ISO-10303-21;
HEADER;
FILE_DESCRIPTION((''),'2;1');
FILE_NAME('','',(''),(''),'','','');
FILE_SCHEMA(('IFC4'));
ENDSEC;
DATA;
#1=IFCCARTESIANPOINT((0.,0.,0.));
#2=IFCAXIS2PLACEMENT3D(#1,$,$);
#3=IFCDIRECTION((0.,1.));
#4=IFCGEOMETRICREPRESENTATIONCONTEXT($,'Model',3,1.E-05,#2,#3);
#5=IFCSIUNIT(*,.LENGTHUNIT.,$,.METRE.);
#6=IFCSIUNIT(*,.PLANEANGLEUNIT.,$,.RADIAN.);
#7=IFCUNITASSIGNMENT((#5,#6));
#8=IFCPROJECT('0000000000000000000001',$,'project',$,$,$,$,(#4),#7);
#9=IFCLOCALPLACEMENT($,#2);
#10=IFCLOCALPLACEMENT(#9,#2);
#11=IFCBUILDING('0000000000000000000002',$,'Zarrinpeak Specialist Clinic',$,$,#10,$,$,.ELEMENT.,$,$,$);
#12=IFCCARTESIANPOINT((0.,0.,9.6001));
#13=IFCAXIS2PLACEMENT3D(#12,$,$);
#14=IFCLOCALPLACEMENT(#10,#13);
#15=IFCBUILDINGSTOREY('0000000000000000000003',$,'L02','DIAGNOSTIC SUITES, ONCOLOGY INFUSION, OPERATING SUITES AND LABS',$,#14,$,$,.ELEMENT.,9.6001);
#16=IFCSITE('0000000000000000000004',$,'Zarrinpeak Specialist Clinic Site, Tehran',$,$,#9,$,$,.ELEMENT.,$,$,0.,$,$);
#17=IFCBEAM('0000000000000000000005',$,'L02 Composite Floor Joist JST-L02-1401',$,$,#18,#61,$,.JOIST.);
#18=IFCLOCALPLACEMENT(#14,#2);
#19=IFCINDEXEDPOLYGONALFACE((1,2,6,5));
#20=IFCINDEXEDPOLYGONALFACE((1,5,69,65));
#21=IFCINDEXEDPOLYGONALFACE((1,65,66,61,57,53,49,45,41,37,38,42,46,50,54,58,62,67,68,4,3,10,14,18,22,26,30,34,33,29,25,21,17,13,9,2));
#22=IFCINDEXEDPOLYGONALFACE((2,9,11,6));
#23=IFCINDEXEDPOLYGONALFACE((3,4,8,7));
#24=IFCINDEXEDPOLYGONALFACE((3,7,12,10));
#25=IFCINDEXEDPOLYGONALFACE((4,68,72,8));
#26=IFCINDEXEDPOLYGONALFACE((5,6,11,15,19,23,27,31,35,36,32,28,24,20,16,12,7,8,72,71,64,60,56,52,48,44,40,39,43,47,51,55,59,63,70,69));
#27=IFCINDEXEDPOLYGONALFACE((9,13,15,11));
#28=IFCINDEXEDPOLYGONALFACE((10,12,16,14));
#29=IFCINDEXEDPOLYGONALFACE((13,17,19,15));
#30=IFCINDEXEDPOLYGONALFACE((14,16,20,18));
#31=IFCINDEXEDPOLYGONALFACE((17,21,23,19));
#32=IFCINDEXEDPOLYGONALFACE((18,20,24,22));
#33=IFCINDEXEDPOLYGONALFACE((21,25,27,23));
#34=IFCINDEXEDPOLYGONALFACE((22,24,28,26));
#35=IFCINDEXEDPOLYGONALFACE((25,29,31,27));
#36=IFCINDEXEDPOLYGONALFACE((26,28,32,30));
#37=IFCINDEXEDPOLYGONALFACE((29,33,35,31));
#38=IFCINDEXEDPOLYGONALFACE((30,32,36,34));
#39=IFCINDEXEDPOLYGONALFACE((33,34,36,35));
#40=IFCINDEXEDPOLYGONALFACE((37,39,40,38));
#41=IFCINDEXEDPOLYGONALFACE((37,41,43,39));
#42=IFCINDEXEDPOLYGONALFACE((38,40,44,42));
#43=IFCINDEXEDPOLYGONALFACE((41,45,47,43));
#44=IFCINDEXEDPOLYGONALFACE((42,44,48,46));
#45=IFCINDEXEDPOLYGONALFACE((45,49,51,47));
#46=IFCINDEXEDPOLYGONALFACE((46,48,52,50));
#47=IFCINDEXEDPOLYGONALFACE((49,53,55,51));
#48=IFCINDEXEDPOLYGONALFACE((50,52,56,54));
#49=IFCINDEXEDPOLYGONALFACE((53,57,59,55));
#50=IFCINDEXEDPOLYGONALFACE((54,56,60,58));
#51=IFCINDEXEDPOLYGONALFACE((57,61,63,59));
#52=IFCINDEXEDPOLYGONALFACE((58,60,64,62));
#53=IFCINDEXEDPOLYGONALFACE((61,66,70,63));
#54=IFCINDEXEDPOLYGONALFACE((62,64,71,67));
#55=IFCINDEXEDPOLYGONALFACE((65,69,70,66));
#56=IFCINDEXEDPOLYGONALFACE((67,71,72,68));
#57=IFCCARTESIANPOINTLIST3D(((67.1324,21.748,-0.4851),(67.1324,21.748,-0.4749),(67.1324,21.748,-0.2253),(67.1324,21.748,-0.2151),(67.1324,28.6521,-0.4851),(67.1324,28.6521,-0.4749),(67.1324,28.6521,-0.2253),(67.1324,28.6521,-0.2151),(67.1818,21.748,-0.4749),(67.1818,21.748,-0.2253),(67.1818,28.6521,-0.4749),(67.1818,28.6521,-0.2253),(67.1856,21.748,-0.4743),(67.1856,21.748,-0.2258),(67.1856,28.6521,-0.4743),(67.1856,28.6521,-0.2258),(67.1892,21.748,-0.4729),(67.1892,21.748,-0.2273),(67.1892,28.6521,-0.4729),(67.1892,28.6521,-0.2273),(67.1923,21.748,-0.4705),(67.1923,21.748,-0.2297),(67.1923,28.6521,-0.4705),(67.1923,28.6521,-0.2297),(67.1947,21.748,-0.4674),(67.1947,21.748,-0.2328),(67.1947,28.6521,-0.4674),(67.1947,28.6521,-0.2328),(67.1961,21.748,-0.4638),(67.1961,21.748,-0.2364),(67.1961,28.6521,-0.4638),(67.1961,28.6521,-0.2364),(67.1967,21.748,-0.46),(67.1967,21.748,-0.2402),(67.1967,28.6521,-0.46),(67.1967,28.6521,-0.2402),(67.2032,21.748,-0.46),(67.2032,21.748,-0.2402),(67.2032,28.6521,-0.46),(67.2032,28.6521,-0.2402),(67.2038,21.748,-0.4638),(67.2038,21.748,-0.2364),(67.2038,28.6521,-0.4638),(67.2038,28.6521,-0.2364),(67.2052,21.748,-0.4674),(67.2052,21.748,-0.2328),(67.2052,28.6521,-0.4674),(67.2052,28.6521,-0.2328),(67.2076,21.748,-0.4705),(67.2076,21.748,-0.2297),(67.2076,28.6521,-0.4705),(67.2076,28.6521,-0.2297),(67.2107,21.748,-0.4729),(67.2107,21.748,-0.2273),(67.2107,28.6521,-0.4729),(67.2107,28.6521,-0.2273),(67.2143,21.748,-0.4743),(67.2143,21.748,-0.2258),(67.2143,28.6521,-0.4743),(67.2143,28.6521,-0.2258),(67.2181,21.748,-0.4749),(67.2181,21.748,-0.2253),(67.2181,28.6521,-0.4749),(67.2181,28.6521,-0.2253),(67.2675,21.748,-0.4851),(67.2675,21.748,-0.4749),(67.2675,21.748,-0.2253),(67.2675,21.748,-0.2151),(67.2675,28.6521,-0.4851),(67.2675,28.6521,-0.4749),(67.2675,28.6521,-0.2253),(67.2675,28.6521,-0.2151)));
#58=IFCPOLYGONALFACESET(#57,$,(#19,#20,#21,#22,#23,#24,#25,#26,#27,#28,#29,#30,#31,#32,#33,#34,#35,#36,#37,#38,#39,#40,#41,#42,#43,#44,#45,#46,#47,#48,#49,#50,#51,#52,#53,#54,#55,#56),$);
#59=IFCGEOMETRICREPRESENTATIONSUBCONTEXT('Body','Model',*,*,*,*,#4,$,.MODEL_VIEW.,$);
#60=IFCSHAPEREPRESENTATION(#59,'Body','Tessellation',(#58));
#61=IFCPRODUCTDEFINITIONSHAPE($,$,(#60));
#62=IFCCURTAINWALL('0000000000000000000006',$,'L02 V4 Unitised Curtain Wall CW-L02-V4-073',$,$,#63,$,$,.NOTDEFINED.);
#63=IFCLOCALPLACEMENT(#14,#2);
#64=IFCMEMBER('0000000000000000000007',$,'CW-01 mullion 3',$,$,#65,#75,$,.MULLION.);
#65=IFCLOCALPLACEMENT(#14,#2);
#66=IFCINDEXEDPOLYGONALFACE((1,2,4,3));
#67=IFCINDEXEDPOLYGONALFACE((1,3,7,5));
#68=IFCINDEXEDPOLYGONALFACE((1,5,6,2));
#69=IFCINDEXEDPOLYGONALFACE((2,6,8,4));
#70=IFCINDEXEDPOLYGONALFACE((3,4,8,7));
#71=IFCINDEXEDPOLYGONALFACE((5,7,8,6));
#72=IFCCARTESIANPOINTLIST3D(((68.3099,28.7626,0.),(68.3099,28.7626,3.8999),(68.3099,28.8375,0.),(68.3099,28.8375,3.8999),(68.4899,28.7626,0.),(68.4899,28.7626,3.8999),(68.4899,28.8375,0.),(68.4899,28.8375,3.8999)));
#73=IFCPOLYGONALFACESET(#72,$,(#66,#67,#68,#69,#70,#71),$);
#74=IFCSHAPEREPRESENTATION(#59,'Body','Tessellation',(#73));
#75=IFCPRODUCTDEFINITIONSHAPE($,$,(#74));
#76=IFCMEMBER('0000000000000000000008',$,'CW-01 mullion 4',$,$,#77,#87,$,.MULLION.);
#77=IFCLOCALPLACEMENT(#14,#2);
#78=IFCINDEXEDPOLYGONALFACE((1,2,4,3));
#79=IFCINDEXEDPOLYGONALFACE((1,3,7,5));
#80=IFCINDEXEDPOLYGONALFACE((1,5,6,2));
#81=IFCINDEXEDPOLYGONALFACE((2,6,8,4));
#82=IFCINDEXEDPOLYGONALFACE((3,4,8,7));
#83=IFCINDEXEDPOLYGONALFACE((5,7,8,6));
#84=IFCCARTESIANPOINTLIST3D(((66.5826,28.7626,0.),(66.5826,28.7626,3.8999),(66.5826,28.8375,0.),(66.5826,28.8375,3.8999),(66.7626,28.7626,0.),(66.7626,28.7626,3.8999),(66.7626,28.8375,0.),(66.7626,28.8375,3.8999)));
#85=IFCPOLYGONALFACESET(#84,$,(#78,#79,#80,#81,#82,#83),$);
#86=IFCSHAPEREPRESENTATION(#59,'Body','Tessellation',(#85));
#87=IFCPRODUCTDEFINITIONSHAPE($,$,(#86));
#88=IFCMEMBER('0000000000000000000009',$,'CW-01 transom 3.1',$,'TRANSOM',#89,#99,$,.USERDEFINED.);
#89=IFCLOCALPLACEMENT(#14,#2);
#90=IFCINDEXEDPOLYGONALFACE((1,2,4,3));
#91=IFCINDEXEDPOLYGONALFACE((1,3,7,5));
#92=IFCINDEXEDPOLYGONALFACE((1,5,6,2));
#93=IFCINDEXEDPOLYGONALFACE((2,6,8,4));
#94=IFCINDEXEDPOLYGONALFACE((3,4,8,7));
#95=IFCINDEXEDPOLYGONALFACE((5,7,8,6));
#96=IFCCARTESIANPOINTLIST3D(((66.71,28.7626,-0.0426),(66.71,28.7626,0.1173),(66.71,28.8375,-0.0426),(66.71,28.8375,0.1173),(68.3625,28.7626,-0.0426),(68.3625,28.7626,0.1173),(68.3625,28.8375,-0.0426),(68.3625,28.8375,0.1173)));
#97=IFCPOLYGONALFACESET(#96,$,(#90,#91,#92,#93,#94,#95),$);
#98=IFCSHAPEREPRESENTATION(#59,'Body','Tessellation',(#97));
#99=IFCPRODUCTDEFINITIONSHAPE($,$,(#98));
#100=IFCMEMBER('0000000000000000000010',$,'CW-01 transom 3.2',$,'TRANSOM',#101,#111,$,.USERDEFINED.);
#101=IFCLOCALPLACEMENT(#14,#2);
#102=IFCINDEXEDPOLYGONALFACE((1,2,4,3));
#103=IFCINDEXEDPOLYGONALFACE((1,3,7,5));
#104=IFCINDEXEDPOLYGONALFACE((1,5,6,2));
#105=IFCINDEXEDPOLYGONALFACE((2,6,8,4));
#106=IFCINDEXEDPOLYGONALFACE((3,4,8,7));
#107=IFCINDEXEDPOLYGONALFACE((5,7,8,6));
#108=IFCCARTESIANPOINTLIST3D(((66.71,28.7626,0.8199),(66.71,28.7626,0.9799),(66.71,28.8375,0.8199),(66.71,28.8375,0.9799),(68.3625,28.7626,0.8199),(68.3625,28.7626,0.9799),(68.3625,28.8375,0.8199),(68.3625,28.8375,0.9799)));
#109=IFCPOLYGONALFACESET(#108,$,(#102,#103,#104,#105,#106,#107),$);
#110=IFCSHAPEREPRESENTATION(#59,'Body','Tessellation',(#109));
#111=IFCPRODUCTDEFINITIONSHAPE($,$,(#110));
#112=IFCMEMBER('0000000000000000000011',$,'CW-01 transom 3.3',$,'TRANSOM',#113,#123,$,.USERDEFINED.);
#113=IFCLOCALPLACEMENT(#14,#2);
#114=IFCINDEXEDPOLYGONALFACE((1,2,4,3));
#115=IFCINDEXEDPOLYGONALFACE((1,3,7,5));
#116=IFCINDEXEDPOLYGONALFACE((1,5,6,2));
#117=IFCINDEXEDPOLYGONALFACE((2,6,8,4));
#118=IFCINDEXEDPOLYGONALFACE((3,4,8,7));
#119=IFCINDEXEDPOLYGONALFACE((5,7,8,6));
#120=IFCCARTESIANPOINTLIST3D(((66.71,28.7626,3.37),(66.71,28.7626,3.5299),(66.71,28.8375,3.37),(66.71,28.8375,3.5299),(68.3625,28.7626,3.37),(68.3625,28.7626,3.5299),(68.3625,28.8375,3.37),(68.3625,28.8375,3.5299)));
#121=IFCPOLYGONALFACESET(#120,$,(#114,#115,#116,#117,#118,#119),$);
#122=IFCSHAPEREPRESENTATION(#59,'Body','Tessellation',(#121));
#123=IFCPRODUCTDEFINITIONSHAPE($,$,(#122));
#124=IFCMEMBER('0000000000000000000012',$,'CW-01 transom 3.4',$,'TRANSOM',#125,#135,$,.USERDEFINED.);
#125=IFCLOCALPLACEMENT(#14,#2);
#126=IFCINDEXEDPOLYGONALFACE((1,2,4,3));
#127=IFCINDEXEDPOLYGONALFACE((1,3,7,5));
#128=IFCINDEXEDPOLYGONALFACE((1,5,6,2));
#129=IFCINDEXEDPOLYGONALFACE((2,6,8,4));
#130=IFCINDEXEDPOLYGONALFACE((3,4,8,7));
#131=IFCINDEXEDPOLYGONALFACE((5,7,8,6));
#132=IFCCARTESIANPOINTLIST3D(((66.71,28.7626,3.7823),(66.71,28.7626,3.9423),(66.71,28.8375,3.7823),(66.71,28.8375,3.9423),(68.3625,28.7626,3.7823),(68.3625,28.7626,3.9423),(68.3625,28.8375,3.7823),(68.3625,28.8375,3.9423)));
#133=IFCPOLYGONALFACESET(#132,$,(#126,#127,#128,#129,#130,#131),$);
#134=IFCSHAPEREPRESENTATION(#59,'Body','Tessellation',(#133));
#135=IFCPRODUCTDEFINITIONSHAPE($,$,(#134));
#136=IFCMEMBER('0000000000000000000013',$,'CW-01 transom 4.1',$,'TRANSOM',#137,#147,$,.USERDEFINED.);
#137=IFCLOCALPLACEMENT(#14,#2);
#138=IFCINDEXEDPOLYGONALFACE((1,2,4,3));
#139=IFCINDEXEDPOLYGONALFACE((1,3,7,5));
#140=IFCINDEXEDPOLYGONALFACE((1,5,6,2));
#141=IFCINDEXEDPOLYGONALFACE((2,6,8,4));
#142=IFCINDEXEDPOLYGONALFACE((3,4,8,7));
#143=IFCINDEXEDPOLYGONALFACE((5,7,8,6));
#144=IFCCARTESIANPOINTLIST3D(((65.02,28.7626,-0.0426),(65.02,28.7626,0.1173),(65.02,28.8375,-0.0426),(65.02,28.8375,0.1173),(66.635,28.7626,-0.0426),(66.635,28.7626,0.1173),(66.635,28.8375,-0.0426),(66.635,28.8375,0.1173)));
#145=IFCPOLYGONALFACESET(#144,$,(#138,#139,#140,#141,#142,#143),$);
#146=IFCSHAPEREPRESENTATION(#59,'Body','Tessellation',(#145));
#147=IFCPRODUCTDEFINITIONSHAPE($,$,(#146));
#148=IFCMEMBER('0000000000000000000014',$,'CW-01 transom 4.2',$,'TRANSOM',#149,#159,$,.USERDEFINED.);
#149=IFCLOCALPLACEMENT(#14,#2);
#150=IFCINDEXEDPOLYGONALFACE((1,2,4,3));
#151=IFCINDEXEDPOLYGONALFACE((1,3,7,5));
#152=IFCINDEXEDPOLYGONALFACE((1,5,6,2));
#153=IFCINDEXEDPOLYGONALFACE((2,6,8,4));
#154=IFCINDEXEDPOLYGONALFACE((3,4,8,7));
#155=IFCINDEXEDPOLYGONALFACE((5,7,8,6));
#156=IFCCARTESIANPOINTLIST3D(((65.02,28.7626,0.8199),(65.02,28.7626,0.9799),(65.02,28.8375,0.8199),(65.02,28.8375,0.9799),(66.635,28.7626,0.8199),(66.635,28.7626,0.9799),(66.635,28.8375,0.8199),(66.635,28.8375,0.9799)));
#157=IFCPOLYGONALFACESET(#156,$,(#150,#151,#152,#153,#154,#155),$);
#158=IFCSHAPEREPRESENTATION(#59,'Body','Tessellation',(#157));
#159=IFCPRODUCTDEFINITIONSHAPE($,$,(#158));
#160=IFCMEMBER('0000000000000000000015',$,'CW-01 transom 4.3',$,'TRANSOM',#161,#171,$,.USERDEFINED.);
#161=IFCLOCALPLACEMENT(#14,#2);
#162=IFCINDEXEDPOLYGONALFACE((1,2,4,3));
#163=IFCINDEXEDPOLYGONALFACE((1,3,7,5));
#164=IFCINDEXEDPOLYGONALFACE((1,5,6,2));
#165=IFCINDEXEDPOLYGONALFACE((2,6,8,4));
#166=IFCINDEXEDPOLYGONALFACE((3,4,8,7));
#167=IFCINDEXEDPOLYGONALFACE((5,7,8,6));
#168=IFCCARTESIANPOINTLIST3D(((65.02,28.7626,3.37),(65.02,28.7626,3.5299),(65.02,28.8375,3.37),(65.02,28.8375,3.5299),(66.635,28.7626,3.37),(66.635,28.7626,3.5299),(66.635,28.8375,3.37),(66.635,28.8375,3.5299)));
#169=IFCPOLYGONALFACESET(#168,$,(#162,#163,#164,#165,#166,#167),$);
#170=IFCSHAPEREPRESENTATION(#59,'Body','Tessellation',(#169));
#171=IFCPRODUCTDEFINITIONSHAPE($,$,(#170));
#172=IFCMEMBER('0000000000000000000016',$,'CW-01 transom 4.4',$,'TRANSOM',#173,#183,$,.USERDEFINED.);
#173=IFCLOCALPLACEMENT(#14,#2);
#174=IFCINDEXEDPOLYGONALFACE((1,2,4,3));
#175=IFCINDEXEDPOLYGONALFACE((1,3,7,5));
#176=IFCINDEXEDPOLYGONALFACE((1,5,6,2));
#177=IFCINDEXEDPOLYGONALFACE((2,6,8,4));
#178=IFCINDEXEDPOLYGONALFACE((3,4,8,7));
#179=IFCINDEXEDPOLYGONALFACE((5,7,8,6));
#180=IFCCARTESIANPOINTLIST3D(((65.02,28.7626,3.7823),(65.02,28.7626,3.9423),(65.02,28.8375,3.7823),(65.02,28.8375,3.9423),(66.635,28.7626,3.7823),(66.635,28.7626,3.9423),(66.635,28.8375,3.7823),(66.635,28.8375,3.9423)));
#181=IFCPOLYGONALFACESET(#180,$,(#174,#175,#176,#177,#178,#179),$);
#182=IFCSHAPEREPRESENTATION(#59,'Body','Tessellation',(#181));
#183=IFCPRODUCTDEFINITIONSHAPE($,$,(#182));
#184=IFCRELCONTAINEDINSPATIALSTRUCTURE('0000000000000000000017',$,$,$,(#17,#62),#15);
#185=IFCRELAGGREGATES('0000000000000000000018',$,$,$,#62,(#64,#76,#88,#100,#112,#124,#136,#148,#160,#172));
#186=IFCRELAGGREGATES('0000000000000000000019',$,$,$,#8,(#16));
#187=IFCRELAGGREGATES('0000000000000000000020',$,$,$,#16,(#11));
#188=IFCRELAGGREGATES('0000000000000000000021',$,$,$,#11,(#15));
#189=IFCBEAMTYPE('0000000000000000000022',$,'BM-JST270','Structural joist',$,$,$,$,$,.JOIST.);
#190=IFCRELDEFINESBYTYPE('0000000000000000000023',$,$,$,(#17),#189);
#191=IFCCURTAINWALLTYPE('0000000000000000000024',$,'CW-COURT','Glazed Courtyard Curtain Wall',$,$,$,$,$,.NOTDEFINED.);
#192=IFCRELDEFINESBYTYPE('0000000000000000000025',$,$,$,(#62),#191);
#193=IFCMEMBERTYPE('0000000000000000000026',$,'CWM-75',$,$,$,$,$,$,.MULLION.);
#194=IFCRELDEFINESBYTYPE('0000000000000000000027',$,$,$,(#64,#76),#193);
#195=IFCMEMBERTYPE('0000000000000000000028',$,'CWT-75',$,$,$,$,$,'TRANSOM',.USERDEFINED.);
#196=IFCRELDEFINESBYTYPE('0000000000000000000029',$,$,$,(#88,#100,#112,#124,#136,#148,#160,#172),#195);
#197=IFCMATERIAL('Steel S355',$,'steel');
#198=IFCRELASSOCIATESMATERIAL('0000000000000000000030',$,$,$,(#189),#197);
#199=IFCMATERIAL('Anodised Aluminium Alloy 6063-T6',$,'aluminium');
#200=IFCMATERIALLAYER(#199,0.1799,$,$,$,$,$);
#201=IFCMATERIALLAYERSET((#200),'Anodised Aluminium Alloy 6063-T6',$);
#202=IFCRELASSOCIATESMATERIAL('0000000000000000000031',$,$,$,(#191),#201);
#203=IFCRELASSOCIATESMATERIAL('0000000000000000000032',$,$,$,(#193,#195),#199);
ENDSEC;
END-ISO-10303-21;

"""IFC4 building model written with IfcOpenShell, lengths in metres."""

from ifc_helpers import new_model, si_unit, direction, frame, origin, origin_2d, place, context, subcontext, project, spatial, rectangle, i_section, extrude, material, layer, layer_set, material_profile, profile_set, type_object, element, aggregate, save


model = new_model("IFC4")

# Units and contexts
model_context = context("Model", 3, precision=1e-05, world=origin(), true_north=direction((0.0, 1.0)))
body_context = subcontext(model_context, "Body", "Model", "MODEL_VIEW")
ifc_project = project(units=[si_unit("LENGTHUNIT", "METRE"), si_unit("PLANEANGLEUNIT", "RADIAN")], contexts=[model_context])

# Site, building, storey
site_placement = place(None, origin())
site = spatial("IfcSite", under=ifc_project, at=site_placement, Name="Zarrinpeak Specialist Clinic Site, Tehran", CompositionType="ELEMENT", RefElevation=0.0)
building_placement = place(site_placement, origin())
building = spatial("IfcBuilding", under=site, at=building_placement, Name="Zarrinpeak Specialist Clinic", CompositionType="ELEMENT")
storey_placement = place(building_placement, frame((0.0, 0.0, 9.6001)))
storey = spatial("IfcBuildingStorey", under=building, at=storey_placement, Name="L02", Description="DIAGNOSTIC SUITES, ONCOLOGY INFUSION, OPERATING SUITES AND LABS", CompositionType="ELEMENT", Elevation=9.6001)

# Beam
ifc_material_1 = material(Name="Steel S355", Category="steel")
ifc_material_profile_1 = material_profile(ifc_material_1, i_section(OverallWidth=0.135, OverallDepth=0.27, WebThickness=0.0066, FlangeThickness=0.0103, FilletRadius=0.0149, at=origin_2d()), Name="IPE 270")
ifc_profile_set_1 = profile_set([ifc_material_profile_1], Name="Steel S355")
beam_type = type_object("IfcBeamType", Name="BM-JST270", Description="Structural joist", PredefinedType="JOIST", material=ifc_profile_set_1)
beam_placement = place(storey_placement, frame((67.2, 21.748, -0.3501), z_axis=(0.0, 1.0, 0.0), x_axis=(-1.0, 0.0, 0.0)))
element("IfcBeam", 1, at=beam_placement, inside=storey, type_object=beam_type, Name="L02 Composite Floor Joist JST-L02-1401", PredefinedType="JOIST", context=body_context, shape_type="SweptSolid", body=[
    extrude(i_section(OverallWidth=0.135, OverallDepth=0.27, WebThickness=0.0066, FlangeThickness=0.0103, FilletRadius=0.0149, at=origin_2d()), origin(), (0.0, 0.0, 1.0), 6.9041),
])

# Curtain wall, members
ifc_material_2 = material(Name="Anodised Aluminium Alloy 6063-T6", Category="aluminium")
ifc_layer_1 = layer(ifc_material_2, 0.1799)
ifc_layer_set_1 = layer_set([ifc_layer_1], Name="Anodised Aluminium Alloy 6063-T6")
curtain_wall_type = type_object("IfcCurtainWallType", Name="CW-COURT", Description="Glazed Courtyard Curtain Wall", PredefinedType="NOTDEFINED", material=ifc_layer_set_1)
curtain_wall_placement = place(storey_placement, origin())
curtain_wall = element("IfcCurtainWall", 2, at=curtain_wall_placement, inside=storey, type_object=curtain_wall_type, Name="L02 V4 Unitised Curtain Wall CW-L02-V4-073", PredefinedType="NOTDEFINED")
ifc_material_profile_2 = material_profile(ifc_material_2, rectangle(XDim=0.075, YDim=0.1799, at=origin_2d()), Name="ALU 75x180")
ifc_profile_set_2 = profile_set([ifc_material_profile_2], Name="Anodised Aluminium Alloy 6063-T6")
member_type_1 = type_object("IfcMemberType", Name="CWM-75", PredefinedType="MULLION", material=ifc_profile_set_2)
member_1_placement = place(storey_placement, frame((68.3999, 28.8, 0.0), z_axis=(0.0, 0.0, 1.0), x_axis=(0.0, -1.0, 0.0)))
member_1 = element("IfcMember", 3, at=member_1_placement, type_object=member_type_1, Name="CW-01 mullion 3", PredefinedType="MULLION", context=body_context, shape_type="SweptSolid", body=[
    extrude(rectangle(XDim=0.075, YDim=0.1799, at=origin_2d()), origin(), (0.0, 0.0, 1.0), 3.8999),
])
member_2_placement = place(storey_placement, frame((66.6726, 28.8, 0.0), z_axis=(0.0, 0.0, 1.0), x_axis=(0.0, -1.0, 0.0)))
member_2 = element("IfcMember", 4, at=member_2_placement, type_object=member_type_1, Name="CW-01 mullion 4", PredefinedType="MULLION", context=body_context, shape_type="SweptSolid", body=[
    extrude(rectangle(XDim=0.075, YDim=0.1799, at=origin_2d()), origin(), (0.0, 0.0, 1.0), 3.8999),
])
ifc_material_profile_3 = material_profile(ifc_material_2, rectangle(XDim=0.075, YDim=0.1599, at=origin_2d()), Name="ALU 75x160")
ifc_profile_set_3 = profile_set([ifc_material_profile_3], Name="Anodised Aluminium Alloy 6063-T6")
member_type_2 = type_object("IfcMemberType", Name="CWT-75", ElementType="TRANSOM", PredefinedType="USERDEFINED", material=ifc_profile_set_3)
member_3_placement = place(storey_placement, frame((68.3625, 28.8, 0.0374), z_axis=(-1.0, 0.0, 0.0), x_axis=(0.0, -1.0, 0.0)))
member_3 = element("IfcMember", 5, at=member_3_placement, type_object=member_type_2, Name="CW-01 transom 3.1", ObjectType="TRANSOM", PredefinedType="USERDEFINED", context=body_context, shape_type="SweptSolid", body=[
    extrude(rectangle(XDim=0.075, YDim=0.1599, at=origin_2d()), origin(), (0.0, 0.0, 1.0), 1.6526),
])
member_4_placement = place(storey_placement, frame((68.3625, 28.8, 0.8999), z_axis=(-1.0, 0.0, 0.0), x_axis=(0.0, -1.0, 0.0)))
member_4 = element("IfcMember", 6, at=member_4_placement, type_object=member_type_2, Name="CW-01 transom 3.2", ObjectType="TRANSOM", PredefinedType="USERDEFINED", context=body_context, shape_type="SweptSolid", body=[
    extrude(rectangle(XDim=0.075, YDim=0.1599, at=origin_2d()), origin(), (0.0, 0.0, 1.0), 1.6526),
])
member_5_placement = place(storey_placement, frame((68.3625, 28.8, 3.45), z_axis=(-1.0, 0.0, 0.0), x_axis=(0.0, -1.0, 0.0)))
member_5 = element("IfcMember", 7, at=member_5_placement, type_object=member_type_2, Name="CW-01 transom 3.3", ObjectType="TRANSOM", PredefinedType="USERDEFINED", context=body_context, shape_type="SweptSolid", body=[
    extrude(rectangle(XDim=0.075, YDim=0.1599, at=origin_2d()), origin(), (0.0, 0.0, 1.0), 1.6526),
])
member_6_placement = place(storey_placement, frame((68.3625, 28.8, 3.8623), z_axis=(-1.0, 0.0, 0.0), x_axis=(0.0, -1.0, 0.0)))
member_6 = element("IfcMember", 8, at=member_6_placement, type_object=member_type_2, Name="CW-01 transom 3.4", ObjectType="TRANSOM", PredefinedType="USERDEFINED", context=body_context, shape_type="SweptSolid", body=[
    extrude(rectangle(XDim=0.075, YDim=0.1599, at=origin_2d()), origin(), (0.0, 0.0, 1.0), 1.6526),
])
member_7_placement = place(storey_placement, frame((66.635, 28.8, 0.0374), z_axis=(-1.0, 0.0, 0.0), x_axis=(0.0, -1.0, 0.0)))
member_7 = element("IfcMember", 9, at=member_7_placement, type_object=member_type_2, Name="CW-01 transom 4.1", ObjectType="TRANSOM", PredefinedType="USERDEFINED", context=body_context, shape_type="SweptSolid", body=[
    extrude(rectangle(XDim=0.075, YDim=0.1599, at=origin_2d()), origin(), (0.0, 0.0, 1.0), 1.615),
])
member_8_placement = place(storey_placement, frame((66.635, 28.8, 0.8999), z_axis=(-1.0, 0.0, 0.0), x_axis=(0.0, -1.0, 0.0)))
member_8 = element("IfcMember", 10, at=member_8_placement, type_object=member_type_2, Name="CW-01 transom 4.2", ObjectType="TRANSOM", PredefinedType="USERDEFINED", context=body_context, shape_type="SweptSolid", body=[
    extrude(rectangle(XDim=0.075, YDim=0.1599, at=origin_2d()), origin(), (0.0, 0.0, 1.0), 1.615),
])
member_9_placement = place(storey_placement, frame((66.635, 28.8, 3.45), z_axis=(-1.0, 0.0, 0.0), x_axis=(0.0, -1.0, 0.0)))
member_9 = element("IfcMember", 11, at=member_9_placement, type_object=member_type_2, Name="CW-01 transom 4.3", ObjectType="TRANSOM", PredefinedType="USERDEFINED", context=body_context, shape_type="SweptSolid", body=[
    extrude(rectangle(XDim=0.075, YDim=0.1599, at=origin_2d()), origin(), (0.0, 0.0, 1.0), 1.615),
])
member_10_placement = place(storey_placement, frame((66.635, 28.8, 3.8623), z_axis=(-1.0, 0.0, 0.0), x_axis=(0.0, -1.0, 0.0)))
member_10 = element("IfcMember", 12, at=member_10_placement, type_object=member_type_2, Name="CW-01 transom 4.4", ObjectType="TRANSOM", PredefinedType="USERDEFINED", context=body_context, shape_type="SweptSolid", body=[
    extrude(rectangle(XDim=0.075, YDim=0.1599, at=origin_2d()), origin(), (0.0, 0.0, 1.0), 1.615),
])
aggregate(curtain_wall, [member_1, member_2, member_3, member_4, member_5, member_6, member_7, member_8, member_9, member_10])

save(model, "model.ifc")
